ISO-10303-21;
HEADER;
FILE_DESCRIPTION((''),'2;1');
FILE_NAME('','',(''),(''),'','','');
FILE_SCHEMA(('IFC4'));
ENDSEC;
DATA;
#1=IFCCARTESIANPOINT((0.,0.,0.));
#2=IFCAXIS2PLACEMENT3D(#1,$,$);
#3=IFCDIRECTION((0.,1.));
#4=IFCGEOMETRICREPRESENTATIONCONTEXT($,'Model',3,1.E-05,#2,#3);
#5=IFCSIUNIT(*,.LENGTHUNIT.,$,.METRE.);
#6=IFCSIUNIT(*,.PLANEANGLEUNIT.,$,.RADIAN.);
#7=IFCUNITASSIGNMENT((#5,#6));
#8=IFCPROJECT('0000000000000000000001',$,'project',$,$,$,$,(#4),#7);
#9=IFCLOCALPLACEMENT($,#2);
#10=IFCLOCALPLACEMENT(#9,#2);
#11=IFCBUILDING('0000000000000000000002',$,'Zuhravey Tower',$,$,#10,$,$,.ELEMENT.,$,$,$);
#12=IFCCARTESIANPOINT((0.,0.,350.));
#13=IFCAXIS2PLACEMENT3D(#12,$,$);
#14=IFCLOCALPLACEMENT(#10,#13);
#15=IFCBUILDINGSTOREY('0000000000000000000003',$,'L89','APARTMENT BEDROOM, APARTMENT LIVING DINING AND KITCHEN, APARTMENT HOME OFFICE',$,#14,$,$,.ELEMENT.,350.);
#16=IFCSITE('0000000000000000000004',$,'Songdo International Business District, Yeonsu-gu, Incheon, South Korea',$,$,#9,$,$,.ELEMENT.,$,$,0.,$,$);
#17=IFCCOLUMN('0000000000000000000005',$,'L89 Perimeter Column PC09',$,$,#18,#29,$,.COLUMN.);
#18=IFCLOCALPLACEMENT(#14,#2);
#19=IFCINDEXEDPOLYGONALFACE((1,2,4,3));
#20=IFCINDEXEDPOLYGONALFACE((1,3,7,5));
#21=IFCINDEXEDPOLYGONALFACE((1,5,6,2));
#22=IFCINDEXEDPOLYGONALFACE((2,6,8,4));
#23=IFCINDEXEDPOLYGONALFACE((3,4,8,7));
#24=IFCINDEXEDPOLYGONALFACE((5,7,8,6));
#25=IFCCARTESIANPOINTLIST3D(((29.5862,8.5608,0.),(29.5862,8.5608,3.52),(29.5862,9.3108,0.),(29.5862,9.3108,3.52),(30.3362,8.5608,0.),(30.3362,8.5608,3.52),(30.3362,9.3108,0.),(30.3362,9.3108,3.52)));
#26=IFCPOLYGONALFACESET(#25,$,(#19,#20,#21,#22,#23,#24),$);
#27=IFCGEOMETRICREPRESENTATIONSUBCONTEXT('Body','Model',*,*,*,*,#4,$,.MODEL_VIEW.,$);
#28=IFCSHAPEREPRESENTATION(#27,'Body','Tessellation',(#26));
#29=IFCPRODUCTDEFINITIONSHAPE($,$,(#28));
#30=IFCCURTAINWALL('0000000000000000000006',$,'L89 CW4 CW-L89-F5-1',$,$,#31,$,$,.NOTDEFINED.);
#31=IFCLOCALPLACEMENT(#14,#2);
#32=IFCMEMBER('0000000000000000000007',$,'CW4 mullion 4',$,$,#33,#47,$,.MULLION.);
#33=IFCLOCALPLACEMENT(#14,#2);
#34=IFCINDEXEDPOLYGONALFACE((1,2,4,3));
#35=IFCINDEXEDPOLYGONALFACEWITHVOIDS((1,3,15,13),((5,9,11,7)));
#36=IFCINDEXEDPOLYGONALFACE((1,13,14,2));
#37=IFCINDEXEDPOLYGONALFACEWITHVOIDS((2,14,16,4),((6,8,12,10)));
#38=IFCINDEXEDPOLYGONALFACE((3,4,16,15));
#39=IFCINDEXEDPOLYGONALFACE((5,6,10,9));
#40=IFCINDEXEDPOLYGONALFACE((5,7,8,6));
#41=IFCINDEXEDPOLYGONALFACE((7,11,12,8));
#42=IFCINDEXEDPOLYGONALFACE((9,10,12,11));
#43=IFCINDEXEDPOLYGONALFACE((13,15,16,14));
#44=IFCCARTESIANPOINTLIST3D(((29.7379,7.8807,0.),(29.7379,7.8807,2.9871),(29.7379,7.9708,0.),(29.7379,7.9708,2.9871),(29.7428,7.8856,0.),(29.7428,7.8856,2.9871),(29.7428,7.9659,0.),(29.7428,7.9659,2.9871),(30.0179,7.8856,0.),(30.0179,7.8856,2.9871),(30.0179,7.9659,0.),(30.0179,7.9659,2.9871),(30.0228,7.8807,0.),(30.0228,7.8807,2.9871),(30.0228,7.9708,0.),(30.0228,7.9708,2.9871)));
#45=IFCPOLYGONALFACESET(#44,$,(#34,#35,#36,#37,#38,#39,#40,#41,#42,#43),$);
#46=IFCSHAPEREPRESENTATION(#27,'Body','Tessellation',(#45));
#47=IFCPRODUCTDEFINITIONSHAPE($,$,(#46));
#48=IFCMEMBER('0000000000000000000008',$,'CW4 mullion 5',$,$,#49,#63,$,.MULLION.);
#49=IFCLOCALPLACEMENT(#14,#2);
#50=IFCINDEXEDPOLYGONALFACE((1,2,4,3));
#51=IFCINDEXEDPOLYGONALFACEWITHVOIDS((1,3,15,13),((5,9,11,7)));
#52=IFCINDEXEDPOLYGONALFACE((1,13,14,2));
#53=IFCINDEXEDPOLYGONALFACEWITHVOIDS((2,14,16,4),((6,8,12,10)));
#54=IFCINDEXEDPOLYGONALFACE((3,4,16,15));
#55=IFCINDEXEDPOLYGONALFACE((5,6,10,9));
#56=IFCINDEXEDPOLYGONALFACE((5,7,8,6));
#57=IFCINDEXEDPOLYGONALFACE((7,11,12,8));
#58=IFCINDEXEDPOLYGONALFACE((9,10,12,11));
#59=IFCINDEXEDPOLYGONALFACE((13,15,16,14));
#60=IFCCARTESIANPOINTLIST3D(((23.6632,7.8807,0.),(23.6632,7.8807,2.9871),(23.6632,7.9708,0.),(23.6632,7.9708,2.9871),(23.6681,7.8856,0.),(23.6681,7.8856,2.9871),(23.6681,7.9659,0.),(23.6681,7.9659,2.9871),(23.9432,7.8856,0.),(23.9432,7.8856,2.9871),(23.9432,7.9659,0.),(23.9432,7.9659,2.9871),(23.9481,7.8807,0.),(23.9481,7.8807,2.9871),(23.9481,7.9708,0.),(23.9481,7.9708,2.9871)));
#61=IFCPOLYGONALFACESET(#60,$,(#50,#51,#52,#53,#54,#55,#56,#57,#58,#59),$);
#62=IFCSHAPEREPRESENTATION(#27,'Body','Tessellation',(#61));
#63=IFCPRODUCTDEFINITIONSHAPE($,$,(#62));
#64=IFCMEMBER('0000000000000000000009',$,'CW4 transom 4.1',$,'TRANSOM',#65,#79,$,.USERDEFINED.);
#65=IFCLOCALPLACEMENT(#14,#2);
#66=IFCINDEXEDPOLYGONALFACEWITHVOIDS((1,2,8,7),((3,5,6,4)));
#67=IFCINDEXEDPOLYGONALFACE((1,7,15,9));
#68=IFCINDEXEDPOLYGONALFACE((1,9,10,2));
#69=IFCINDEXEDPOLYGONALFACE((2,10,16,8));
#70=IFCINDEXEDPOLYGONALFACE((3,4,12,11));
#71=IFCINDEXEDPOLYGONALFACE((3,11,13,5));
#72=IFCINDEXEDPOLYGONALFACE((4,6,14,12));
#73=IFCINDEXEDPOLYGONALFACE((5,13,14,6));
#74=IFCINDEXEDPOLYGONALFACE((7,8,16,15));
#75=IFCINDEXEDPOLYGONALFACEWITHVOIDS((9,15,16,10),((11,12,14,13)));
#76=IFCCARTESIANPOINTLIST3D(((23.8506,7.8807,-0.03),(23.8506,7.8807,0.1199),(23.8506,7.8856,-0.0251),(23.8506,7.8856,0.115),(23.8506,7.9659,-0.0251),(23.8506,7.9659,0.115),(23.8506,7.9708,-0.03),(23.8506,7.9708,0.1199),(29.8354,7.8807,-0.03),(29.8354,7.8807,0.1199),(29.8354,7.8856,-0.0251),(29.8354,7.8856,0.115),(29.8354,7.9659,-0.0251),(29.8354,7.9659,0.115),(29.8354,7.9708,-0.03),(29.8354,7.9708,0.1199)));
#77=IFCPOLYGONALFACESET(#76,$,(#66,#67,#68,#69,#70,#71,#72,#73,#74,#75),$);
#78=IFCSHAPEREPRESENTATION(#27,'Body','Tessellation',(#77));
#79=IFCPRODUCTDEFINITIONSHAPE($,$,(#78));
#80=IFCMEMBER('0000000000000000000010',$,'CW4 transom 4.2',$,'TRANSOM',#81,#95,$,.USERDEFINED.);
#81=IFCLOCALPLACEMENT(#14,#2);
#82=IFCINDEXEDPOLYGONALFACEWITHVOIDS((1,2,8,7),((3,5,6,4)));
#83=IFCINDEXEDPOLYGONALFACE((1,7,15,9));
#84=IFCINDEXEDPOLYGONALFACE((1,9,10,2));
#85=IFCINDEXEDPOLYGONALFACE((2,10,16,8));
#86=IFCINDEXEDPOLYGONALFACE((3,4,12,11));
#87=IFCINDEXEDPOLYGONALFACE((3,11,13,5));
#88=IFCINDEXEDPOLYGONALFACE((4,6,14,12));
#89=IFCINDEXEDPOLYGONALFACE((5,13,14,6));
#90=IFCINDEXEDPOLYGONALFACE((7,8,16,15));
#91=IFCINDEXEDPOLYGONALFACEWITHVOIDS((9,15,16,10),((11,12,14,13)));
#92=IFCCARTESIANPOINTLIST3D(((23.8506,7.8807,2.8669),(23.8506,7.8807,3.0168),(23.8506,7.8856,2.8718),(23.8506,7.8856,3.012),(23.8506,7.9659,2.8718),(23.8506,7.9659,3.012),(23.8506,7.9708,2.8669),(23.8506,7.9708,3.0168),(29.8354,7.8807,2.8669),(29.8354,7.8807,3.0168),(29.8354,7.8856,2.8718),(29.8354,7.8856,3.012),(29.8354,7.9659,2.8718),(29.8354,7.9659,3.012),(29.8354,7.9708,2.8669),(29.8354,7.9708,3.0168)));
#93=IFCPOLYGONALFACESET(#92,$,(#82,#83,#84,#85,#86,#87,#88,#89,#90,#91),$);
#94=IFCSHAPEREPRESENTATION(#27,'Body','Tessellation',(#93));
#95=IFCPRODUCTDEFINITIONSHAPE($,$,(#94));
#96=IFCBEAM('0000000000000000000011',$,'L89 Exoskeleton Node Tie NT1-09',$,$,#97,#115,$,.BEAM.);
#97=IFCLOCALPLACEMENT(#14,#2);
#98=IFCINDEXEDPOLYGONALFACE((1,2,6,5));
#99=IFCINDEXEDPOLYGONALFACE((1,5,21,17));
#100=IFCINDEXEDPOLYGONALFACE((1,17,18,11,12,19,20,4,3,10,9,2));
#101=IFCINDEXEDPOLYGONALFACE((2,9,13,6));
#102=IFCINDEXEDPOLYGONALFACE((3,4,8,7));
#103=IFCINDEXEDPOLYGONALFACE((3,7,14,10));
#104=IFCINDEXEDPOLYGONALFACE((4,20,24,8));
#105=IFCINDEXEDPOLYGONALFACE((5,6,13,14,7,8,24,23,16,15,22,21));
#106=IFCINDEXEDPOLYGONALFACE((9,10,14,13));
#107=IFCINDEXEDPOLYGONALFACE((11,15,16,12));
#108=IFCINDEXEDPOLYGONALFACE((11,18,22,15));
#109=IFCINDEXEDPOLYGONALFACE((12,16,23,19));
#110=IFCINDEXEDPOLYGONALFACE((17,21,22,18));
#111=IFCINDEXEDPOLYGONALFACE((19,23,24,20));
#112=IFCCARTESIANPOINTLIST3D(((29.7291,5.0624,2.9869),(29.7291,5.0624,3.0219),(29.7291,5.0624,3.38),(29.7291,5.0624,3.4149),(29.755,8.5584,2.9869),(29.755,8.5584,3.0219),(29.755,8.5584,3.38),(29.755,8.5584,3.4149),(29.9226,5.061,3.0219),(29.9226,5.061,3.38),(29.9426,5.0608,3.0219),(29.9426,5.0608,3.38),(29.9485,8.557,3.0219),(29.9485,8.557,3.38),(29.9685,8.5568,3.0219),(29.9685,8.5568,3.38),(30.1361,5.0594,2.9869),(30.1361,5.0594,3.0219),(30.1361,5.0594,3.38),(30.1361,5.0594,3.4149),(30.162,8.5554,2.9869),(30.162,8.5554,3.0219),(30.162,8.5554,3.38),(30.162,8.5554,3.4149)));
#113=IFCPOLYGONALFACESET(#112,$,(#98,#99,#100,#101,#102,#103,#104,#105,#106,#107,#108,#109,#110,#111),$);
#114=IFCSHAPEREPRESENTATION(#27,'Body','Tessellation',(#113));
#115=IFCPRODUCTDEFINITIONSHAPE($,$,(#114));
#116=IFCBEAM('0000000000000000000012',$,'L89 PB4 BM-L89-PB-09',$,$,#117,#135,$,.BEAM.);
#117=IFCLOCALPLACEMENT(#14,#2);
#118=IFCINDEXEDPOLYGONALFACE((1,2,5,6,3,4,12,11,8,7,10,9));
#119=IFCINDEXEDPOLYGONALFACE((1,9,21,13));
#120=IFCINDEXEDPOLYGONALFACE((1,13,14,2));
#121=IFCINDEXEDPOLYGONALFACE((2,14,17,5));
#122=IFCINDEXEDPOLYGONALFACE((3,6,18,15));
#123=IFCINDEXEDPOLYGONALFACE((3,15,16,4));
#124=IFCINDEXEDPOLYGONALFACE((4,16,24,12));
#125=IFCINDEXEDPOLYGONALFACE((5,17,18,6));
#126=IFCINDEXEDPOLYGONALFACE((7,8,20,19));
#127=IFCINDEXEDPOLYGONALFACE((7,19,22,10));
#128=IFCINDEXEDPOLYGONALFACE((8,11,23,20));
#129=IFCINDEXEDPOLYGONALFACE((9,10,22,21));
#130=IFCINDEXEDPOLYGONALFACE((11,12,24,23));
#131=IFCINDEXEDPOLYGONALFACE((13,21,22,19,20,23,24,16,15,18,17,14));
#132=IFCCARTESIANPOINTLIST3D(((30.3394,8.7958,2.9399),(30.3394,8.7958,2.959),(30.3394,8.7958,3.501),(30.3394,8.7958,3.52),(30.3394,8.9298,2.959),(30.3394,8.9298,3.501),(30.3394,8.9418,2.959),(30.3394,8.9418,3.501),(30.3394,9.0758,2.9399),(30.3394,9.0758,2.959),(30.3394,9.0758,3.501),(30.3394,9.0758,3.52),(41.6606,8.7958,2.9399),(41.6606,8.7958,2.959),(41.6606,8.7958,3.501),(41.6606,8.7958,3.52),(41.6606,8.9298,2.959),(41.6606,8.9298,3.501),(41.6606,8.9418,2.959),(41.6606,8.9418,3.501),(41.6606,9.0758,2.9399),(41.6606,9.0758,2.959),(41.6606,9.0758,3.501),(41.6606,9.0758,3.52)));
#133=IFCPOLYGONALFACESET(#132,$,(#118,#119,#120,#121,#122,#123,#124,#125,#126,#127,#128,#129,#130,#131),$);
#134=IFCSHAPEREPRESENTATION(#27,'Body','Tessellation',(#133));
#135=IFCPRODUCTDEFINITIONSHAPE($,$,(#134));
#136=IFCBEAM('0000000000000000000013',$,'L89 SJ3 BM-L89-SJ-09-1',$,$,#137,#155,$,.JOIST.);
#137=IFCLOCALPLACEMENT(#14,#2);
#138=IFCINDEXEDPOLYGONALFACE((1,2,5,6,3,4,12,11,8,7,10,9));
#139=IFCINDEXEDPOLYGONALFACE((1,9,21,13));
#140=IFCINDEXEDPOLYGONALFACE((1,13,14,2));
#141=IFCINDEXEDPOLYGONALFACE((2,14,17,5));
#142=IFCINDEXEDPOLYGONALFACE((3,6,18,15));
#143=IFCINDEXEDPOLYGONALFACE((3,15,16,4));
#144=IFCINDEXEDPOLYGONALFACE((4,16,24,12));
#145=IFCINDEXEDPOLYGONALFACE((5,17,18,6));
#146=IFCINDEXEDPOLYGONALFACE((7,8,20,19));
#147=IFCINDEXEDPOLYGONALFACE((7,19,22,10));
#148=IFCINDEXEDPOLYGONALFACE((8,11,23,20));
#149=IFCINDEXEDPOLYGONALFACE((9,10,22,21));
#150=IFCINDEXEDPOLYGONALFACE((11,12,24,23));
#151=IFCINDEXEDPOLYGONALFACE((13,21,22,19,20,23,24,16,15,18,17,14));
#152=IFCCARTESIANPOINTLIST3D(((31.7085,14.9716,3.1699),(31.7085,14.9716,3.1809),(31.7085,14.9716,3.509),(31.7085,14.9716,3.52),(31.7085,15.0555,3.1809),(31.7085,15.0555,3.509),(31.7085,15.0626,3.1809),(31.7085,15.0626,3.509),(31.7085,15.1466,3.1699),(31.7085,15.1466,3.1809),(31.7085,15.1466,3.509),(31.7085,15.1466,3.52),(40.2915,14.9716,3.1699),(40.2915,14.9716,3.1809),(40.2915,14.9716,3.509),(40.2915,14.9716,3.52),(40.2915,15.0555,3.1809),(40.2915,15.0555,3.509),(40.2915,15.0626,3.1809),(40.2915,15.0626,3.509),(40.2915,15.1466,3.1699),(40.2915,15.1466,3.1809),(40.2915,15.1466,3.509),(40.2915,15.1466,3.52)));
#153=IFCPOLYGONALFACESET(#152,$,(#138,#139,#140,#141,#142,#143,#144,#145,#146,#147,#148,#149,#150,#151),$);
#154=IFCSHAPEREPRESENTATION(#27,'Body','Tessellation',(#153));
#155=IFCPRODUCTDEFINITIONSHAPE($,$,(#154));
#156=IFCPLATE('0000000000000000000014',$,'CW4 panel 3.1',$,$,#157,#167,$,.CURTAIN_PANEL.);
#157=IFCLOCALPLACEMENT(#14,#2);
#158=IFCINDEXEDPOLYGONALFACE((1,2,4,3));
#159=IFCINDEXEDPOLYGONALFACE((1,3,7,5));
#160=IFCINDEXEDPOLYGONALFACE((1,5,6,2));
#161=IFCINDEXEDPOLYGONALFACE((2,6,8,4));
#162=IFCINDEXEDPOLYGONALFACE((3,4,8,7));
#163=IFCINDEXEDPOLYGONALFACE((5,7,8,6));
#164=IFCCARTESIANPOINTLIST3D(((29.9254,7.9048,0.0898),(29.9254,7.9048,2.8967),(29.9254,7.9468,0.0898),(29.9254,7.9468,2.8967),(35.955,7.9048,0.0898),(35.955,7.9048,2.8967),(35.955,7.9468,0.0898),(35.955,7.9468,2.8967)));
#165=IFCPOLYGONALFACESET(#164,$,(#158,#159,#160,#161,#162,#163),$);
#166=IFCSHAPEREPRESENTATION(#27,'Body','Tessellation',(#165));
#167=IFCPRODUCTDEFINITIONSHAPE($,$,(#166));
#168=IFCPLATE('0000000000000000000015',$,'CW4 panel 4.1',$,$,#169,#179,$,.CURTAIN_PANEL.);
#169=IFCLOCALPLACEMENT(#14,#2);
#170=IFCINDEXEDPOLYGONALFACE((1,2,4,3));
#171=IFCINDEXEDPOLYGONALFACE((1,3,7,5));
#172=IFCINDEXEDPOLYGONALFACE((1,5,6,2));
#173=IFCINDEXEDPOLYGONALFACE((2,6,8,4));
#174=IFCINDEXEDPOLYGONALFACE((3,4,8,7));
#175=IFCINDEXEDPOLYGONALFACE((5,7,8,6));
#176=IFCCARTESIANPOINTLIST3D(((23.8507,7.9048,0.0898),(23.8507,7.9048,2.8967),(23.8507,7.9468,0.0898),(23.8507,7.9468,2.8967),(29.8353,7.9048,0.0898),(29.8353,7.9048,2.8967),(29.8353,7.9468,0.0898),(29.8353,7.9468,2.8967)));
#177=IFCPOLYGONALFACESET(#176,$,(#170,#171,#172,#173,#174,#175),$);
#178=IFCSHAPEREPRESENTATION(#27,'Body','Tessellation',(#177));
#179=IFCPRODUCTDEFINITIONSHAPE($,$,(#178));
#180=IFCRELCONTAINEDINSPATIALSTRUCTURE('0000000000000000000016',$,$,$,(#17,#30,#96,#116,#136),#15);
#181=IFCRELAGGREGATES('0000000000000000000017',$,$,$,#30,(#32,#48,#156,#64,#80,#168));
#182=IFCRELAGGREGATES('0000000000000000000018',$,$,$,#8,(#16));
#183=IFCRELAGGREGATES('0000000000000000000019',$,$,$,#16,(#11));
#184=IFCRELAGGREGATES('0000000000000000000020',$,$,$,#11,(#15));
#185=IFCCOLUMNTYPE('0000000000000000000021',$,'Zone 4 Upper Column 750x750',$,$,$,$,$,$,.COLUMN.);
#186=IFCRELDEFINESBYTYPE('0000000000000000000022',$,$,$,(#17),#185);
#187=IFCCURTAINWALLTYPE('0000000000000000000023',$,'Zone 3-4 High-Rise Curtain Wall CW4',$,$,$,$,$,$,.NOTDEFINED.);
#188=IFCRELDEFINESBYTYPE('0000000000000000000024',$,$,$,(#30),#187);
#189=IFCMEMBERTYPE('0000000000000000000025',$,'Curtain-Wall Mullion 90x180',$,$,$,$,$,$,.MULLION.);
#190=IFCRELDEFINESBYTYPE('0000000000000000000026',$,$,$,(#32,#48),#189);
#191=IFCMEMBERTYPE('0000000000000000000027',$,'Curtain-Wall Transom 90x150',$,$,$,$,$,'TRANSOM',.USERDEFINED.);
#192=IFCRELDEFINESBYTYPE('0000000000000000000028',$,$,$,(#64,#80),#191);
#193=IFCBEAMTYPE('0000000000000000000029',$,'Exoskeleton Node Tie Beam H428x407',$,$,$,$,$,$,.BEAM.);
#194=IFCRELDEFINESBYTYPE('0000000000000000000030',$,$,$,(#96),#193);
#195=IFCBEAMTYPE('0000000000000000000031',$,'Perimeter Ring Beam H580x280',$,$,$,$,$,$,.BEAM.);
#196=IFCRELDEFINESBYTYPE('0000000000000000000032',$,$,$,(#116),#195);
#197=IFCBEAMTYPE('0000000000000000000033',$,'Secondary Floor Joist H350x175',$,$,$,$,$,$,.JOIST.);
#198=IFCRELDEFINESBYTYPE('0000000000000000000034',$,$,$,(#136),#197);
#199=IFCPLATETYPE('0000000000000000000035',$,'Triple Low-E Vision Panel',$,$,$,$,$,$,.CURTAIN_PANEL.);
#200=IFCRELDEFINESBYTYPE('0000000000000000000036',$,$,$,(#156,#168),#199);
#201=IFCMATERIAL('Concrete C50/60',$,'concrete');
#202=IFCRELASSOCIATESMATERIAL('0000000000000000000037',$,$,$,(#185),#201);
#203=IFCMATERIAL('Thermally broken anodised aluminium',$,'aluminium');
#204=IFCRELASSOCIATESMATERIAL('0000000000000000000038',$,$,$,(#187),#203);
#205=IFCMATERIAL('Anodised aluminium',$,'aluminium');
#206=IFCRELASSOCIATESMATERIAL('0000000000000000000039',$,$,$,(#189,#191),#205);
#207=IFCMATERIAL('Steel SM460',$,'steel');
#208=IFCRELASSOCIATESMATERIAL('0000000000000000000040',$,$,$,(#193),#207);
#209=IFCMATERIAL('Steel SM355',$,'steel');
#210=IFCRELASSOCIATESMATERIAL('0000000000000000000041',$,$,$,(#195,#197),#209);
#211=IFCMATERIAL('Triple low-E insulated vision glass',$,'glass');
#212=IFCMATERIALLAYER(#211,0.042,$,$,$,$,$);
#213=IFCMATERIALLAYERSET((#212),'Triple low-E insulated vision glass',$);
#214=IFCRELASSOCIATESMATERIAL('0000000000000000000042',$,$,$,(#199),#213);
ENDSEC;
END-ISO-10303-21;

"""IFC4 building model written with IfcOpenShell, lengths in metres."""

from ifc_helpers import new_model, si_unit, direction, frame, origin, origin_2d, place, context, subcontext, project, spatial, rectangle, hollow_rectangle, i_section, extrude, material, layer, layer_set, material_profile, profile_set, type_object, element, aggregate, save


model = new_model("IFC4")

# Units and contexts
model_context = context("Model", 3, precision=1e-05, world=origin(), true_north=direction((0.0, 1.0)))
body_context = subcontext(model_context, "Body", "Model", "MODEL_VIEW")
ifc_project = project(units=[si_unit("LENGTHUNIT", "METRE"), si_unit("PLANEANGLEUNIT", "RADIAN")], contexts=[model_context])

# Site, building, storey
site_placement = place(None, origin())
site = spatial("IfcSite", under=ifc_project, at=site_placement, Name="Songdo International Business District, Yeonsu-gu, Incheon, South Korea", CompositionType="ELEMENT", RefElevation=0.0)
building_placement = place(site_placement, origin())
building = spatial("IfcBuilding", under=site, at=building_placement, Name="Zuhravey Tower", CompositionType="ELEMENT")
storey_placement = place(building_placement, frame((0.0, 0.0, 350.0)))
storey = spatial("IfcBuildingStorey", under=building, at=storey_placement, Name="L89", Description="APARTMENT BEDROOM, APARTMENT LIVING DINING AND KITCHEN, APARTMENT HOME OFFICE", CompositionType="ELEMENT", Elevation=350.0)

# Column
ifc_material_1 = material(Name="Concrete C50/60", Category="concrete")
ifc_material_profile_1 = material_profile(ifc_material_1, rectangle(XDim=0.75, YDim=0.75, at=origin_2d()), Name="RC-750x750")
ifc_profile_set_1 = profile_set([ifc_material_profile_1], Name="Concrete C50/60")
column_type = type_object("IfcColumnType", Name="Zone 4 Upper Column 750x750", PredefinedType="COLUMN", material=ifc_profile_set_1)
column_placement = place(storey_placement, frame((29.9612, 8.9358, 0.0), z_axis=(0.0, 0.0, 1.0), x_axis=(1.0, 0.0, 0.0)))
element("IfcColumn", 1, at=column_placement, inside=storey, type_object=column_type, Name="L89 Perimeter Column PC09", PredefinedType="COLUMN", context=body_context, shape_type="SweptSolid", body=[
    extrude(rectangle(XDim=0.75, YDim=0.75, at=origin_2d()), origin(), (0.0, 0.0, 1.0), 3.52),
])

# Curtain wall, members
ifc_material_2 = material(Name="Thermally broken anodised aluminium", Category="aluminium")
curtain_wall_type = type_object("IfcCurtainWallType", Name="Zone 3-4 High-Rise Curtain Wall CW4", PredefinedType="NOTDEFINED", material=ifc_material_2)
curtain_wall_placement = place(storey_placement, origin())
curtain_wall = element("IfcCurtainWall", 2, at=curtain_wall_placement, inside=storey, type_object=curtain_wall_type, Name="L89 CW4 CW-L89-F5-1", PredefinedType="NOTDEFINED")
ifc_material_3 = material(Name="Anodised aluminium", Category="aluminium")
ifc_material_profile_2 = material_profile(ifc_material_3, hollow_rectangle(XDim=0.0901, YDim=0.2849, WallThickness=0.0049, at=origin_2d()), Name="ALU-RHS-90x285x5")
ifc_profile_set_2 = profile_set([ifc_material_profile_2], Name="Anodised aluminium")
member_type_1 = type_object("IfcMemberType", Name="Curtain-Wall Mullion 90x180", PredefinedType="MULLION", material=ifc_profile_set_2)
member_1_placement = place(storey_placement, frame((29.8804, 7.9258, 0.0), z_axis=(0.0, 0.0, 1.0), x_axis=(0.0, -1.0, 0.0)))
member_1 = element("IfcMember", 3, at=member_1_placement, type_object=member_type_1, Name="CW4 mullion 4", PredefinedType="MULLION", context=body_context, shape_type="SweptSolid", body=[
    extrude(hollow_rectangle(XDim=0.0901, YDim=0.2849, WallThickness=0.0049, at=origin_2d()), origin(), (0.0, 0.0, 1.0), 2.9871),
])
member_2_placement = place(storey_placement, frame((23.8057, 7.9258, 0.0), z_axis=(0.0, 0.0, 1.0), x_axis=(0.0, -1.0, 0.0)))
member_2 = element("IfcMember", 4, at=member_2_placement, type_object=member_type_1, Name="CW4 mullion 5", PredefinedType="MULLION", context=body_context, shape_type="SweptSolid", body=[
    extrude(hollow_rectangle(XDim=0.0901, YDim=0.2849, WallThickness=0.0049, at=origin_2d()), origin(), (0.0, 0.0, 1.0), 2.9871),
])
ifc_material_profile_3 = material_profile(ifc_material_3, hollow_rectangle(XDim=0.0901, YDim=0.1499, WallThickness=0.0049, at=origin_2d()), Name="ALU-RHS-90x150x5")
ifc_profile_set_3 = profile_set([ifc_material_profile_3], Name="Anodised aluminium")
member_type_2 = type_object("IfcMemberType", Name="Curtain-Wall Transom 90x150", ElementType="TRANSOM", PredefinedType="USERDEFINED", material=ifc_profile_set_3)
member_3_placement = place(storey_placement, frame((29.8354, 7.9258, 0.0449), z_axis=(-1.0, 0.0, 0.0), x_axis=(0.0, -1.0, 0.0)))
member_3 = element("IfcMember", 5, at=member_3_placement, type_object=member_type_2, Name="CW4 transom 4.1", ObjectType="TRANSOM", PredefinedType="USERDEFINED", context=body_context, shape_type="SweptSolid", body=[
    extrude(hollow_rectangle(XDim=0.0901, YDim=0.1499, WallThickness=0.0049, at=origin_2d()), origin(), (0.0, 0.0, 1.0), 5.9849),
])
member_4_placement = place(storey_placement, frame((29.8354, 7.9258, 2.9419), z_axis=(-1.0, 0.0, 0.0), x_axis=(0.0, -1.0, 0.0)))
member_4 = element("IfcMember", 6, at=member_4_placement, type_object=member_type_2, Name="CW4 transom 4.2", ObjectType="TRANSOM", PredefinedType="USERDEFINED", context=body_context, shape_type="SweptSolid", body=[
    extrude(hollow_rectangle(XDim=0.0901, YDim=0.1499, WallThickness=0.0049, at=origin_2d()), origin(), (0.0, 0.0, 1.0), 5.9849),
])

# Beams
ifc_material_4 = material(Name="Steel SM460", Category="steel")
ifc_material_profile_4 = material_profile(ifc_material_4, i_section(OverallWidth=0.407, OverallDepth=0.428, WebThickness=0.02, FlangeThickness=0.0349, at=origin_2d()), Name="H-428x407x20x35")
ifc_profile_set_4 = profile_set([ifc_material_profile_4], Name="Steel SM460")
beam_type_1 = type_object("IfcBeamType", Name="Exoskeleton Node Tie Beam H428x407", PredefinedType="BEAM", material=ifc_profile_set_4)
beam_1_placement = place(storey_placement, frame((29.9585, 8.5569, 3.2009), z_axis=(-0.007402, -0.999973, 0.0), x_axis=(0.999973, -0.007402, 0.0)))
element("IfcBeam", 7, at=beam_1_placement, inside=storey, type_object=beam_type_1, Name="L89 Exoskeleton Node Tie NT1-09", PredefinedType="BEAM", context=body_context, shape_type="SweptSolid", body=[
    extrude(i_section(OverallWidth=0.407, OverallDepth=0.428, WebThickness=0.02, FlangeThickness=0.0349, at=origin_2d()), origin(), (0.0, 0.0, 1.0), 3.4961),
])
ifc_material_5 = material(Name="Steel SM355", Category="steel")
ifc_material_profile_5 = material_profile(ifc_material_5, i_section(OverallWidth=0.28, OverallDepth=0.5801, WebThickness=0.012, FlangeThickness=0.019, at=origin_2d()), Name="H-580x280x12x19")
ifc_profile_set_5 = profile_set([ifc_material_profile_5], Name="Steel SM355")
beam_type_2 = type_object("IfcBeamType", Name="Perimeter Ring Beam H580x280", PredefinedType="BEAM", material=ifc_profile_set_5)
beam_2_placement = place(storey_placement, frame((30.3394, 8.9358, 3.23), z_axis=(1.0, 0.0, 0.0), x_axis=(0.0, 1.0, 0.0)))
element("IfcBeam", 8, at=beam_2_placement, inside=storey, type_object=beam_type_2, Name="L89 PB4 BM-L89-PB-09", PredefinedType="BEAM", context=body_context, shape_type="SweptSolid", body=[
    extrude(i_section(OverallWidth=0.28, OverallDepth=0.5801, WebThickness=0.012, FlangeThickness=0.019, at=origin_2d()), origin(), (0.0, 0.0, 1.0), 11.3213),
])
ifc_material_profile_6 = material_profile(ifc_material_5, i_section(OverallWidth=0.175, OverallDepth=0.3501, WebThickness=0.0071, FlangeThickness=0.011, at=origin_2d()), Name="H-350x175x7x11")
ifc_profile_set_6 = profile_set([ifc_material_profile_6], Name="Steel SM355")
beam_type_3 = type_object("IfcBeamType", Name="Secondary Floor Joist H350x175", PredefinedType="JOIST", material=ifc_profile_set_6)
beam_3_placement = place(storey_placement, frame((31.7085, 15.0591, 3.345), z_axis=(1.0, 0.0, 0.0), x_axis=(0.0, 1.0, 0.0)))
element("IfcBeam", 9, at=beam_3_placement, inside=storey, type_object=beam_type_3, Name="L89 SJ3 BM-L89-SJ-09-1", PredefinedType="JOIST", context=body_context, shape_type="SweptSolid", body=[
    extrude(i_section(OverallWidth=0.175, OverallDepth=0.3501, WebThickness=0.0071, FlangeThickness=0.011, at=origin_2d()), origin(), (0.0, 0.0, 1.0), 8.583),
])

# Plates
ifc_material_6 = material(Name="Triple low-E insulated vision glass", Category="glass")
ifc_layer_1 = layer(ifc_material_6, 0.042)
ifc_layer_set_1 = layer_set([ifc_layer_1], Name="Triple low-E insulated vision glass")
plate_type = type_object("IfcPlateType", Name="Triple Low-E Vision Panel", PredefinedType="CURTAIN_PANEL", material=ifc_layer_set_1)
plate_1_placement = place(storey_placement, frame((32.9402, 7.9258, 0.0898), z_axis=(0.0, 0.0, 1.0), x_axis=(-1.0, 0.0, 0.0)))
plate_1 = element("IfcPlate", 10, at=plate_1_placement, type_object=plate_type, Name="CW4 panel 3.1", PredefinedType="CURTAIN_PANEL", context=body_context, shape_type="SweptSolid", body=[
    extrude(rectangle(XDim=6.0295, YDim=0.042, at=origin_2d()), origin(), (0.0, 0.0, 1.0), 2.8069),
])
plate_2_placement = place(storey_placement, frame((26.843, 7.9258, 0.0898), z_axis=(0.0, 0.0, 1.0), x_axis=(-1.0, 0.0, 0.0)))
plate_2 = element("IfcPlate", 11, at=plate_2_placement, type_object=plate_type, Name="CW4 panel 4.1", PredefinedType="CURTAIN_PANEL", context=body_context, shape_type="SweptSolid", body=[
    extrude(rectangle(XDim=5.9846, YDim=0.042, at=origin_2d()), origin(), (0.0, 0.0, 1.0), 2.8069),
])
aggregate(curtain_wall, [member_1, member_2, plate_1, member_3, member_4, plate_2])

save(model, "model.ifc")
